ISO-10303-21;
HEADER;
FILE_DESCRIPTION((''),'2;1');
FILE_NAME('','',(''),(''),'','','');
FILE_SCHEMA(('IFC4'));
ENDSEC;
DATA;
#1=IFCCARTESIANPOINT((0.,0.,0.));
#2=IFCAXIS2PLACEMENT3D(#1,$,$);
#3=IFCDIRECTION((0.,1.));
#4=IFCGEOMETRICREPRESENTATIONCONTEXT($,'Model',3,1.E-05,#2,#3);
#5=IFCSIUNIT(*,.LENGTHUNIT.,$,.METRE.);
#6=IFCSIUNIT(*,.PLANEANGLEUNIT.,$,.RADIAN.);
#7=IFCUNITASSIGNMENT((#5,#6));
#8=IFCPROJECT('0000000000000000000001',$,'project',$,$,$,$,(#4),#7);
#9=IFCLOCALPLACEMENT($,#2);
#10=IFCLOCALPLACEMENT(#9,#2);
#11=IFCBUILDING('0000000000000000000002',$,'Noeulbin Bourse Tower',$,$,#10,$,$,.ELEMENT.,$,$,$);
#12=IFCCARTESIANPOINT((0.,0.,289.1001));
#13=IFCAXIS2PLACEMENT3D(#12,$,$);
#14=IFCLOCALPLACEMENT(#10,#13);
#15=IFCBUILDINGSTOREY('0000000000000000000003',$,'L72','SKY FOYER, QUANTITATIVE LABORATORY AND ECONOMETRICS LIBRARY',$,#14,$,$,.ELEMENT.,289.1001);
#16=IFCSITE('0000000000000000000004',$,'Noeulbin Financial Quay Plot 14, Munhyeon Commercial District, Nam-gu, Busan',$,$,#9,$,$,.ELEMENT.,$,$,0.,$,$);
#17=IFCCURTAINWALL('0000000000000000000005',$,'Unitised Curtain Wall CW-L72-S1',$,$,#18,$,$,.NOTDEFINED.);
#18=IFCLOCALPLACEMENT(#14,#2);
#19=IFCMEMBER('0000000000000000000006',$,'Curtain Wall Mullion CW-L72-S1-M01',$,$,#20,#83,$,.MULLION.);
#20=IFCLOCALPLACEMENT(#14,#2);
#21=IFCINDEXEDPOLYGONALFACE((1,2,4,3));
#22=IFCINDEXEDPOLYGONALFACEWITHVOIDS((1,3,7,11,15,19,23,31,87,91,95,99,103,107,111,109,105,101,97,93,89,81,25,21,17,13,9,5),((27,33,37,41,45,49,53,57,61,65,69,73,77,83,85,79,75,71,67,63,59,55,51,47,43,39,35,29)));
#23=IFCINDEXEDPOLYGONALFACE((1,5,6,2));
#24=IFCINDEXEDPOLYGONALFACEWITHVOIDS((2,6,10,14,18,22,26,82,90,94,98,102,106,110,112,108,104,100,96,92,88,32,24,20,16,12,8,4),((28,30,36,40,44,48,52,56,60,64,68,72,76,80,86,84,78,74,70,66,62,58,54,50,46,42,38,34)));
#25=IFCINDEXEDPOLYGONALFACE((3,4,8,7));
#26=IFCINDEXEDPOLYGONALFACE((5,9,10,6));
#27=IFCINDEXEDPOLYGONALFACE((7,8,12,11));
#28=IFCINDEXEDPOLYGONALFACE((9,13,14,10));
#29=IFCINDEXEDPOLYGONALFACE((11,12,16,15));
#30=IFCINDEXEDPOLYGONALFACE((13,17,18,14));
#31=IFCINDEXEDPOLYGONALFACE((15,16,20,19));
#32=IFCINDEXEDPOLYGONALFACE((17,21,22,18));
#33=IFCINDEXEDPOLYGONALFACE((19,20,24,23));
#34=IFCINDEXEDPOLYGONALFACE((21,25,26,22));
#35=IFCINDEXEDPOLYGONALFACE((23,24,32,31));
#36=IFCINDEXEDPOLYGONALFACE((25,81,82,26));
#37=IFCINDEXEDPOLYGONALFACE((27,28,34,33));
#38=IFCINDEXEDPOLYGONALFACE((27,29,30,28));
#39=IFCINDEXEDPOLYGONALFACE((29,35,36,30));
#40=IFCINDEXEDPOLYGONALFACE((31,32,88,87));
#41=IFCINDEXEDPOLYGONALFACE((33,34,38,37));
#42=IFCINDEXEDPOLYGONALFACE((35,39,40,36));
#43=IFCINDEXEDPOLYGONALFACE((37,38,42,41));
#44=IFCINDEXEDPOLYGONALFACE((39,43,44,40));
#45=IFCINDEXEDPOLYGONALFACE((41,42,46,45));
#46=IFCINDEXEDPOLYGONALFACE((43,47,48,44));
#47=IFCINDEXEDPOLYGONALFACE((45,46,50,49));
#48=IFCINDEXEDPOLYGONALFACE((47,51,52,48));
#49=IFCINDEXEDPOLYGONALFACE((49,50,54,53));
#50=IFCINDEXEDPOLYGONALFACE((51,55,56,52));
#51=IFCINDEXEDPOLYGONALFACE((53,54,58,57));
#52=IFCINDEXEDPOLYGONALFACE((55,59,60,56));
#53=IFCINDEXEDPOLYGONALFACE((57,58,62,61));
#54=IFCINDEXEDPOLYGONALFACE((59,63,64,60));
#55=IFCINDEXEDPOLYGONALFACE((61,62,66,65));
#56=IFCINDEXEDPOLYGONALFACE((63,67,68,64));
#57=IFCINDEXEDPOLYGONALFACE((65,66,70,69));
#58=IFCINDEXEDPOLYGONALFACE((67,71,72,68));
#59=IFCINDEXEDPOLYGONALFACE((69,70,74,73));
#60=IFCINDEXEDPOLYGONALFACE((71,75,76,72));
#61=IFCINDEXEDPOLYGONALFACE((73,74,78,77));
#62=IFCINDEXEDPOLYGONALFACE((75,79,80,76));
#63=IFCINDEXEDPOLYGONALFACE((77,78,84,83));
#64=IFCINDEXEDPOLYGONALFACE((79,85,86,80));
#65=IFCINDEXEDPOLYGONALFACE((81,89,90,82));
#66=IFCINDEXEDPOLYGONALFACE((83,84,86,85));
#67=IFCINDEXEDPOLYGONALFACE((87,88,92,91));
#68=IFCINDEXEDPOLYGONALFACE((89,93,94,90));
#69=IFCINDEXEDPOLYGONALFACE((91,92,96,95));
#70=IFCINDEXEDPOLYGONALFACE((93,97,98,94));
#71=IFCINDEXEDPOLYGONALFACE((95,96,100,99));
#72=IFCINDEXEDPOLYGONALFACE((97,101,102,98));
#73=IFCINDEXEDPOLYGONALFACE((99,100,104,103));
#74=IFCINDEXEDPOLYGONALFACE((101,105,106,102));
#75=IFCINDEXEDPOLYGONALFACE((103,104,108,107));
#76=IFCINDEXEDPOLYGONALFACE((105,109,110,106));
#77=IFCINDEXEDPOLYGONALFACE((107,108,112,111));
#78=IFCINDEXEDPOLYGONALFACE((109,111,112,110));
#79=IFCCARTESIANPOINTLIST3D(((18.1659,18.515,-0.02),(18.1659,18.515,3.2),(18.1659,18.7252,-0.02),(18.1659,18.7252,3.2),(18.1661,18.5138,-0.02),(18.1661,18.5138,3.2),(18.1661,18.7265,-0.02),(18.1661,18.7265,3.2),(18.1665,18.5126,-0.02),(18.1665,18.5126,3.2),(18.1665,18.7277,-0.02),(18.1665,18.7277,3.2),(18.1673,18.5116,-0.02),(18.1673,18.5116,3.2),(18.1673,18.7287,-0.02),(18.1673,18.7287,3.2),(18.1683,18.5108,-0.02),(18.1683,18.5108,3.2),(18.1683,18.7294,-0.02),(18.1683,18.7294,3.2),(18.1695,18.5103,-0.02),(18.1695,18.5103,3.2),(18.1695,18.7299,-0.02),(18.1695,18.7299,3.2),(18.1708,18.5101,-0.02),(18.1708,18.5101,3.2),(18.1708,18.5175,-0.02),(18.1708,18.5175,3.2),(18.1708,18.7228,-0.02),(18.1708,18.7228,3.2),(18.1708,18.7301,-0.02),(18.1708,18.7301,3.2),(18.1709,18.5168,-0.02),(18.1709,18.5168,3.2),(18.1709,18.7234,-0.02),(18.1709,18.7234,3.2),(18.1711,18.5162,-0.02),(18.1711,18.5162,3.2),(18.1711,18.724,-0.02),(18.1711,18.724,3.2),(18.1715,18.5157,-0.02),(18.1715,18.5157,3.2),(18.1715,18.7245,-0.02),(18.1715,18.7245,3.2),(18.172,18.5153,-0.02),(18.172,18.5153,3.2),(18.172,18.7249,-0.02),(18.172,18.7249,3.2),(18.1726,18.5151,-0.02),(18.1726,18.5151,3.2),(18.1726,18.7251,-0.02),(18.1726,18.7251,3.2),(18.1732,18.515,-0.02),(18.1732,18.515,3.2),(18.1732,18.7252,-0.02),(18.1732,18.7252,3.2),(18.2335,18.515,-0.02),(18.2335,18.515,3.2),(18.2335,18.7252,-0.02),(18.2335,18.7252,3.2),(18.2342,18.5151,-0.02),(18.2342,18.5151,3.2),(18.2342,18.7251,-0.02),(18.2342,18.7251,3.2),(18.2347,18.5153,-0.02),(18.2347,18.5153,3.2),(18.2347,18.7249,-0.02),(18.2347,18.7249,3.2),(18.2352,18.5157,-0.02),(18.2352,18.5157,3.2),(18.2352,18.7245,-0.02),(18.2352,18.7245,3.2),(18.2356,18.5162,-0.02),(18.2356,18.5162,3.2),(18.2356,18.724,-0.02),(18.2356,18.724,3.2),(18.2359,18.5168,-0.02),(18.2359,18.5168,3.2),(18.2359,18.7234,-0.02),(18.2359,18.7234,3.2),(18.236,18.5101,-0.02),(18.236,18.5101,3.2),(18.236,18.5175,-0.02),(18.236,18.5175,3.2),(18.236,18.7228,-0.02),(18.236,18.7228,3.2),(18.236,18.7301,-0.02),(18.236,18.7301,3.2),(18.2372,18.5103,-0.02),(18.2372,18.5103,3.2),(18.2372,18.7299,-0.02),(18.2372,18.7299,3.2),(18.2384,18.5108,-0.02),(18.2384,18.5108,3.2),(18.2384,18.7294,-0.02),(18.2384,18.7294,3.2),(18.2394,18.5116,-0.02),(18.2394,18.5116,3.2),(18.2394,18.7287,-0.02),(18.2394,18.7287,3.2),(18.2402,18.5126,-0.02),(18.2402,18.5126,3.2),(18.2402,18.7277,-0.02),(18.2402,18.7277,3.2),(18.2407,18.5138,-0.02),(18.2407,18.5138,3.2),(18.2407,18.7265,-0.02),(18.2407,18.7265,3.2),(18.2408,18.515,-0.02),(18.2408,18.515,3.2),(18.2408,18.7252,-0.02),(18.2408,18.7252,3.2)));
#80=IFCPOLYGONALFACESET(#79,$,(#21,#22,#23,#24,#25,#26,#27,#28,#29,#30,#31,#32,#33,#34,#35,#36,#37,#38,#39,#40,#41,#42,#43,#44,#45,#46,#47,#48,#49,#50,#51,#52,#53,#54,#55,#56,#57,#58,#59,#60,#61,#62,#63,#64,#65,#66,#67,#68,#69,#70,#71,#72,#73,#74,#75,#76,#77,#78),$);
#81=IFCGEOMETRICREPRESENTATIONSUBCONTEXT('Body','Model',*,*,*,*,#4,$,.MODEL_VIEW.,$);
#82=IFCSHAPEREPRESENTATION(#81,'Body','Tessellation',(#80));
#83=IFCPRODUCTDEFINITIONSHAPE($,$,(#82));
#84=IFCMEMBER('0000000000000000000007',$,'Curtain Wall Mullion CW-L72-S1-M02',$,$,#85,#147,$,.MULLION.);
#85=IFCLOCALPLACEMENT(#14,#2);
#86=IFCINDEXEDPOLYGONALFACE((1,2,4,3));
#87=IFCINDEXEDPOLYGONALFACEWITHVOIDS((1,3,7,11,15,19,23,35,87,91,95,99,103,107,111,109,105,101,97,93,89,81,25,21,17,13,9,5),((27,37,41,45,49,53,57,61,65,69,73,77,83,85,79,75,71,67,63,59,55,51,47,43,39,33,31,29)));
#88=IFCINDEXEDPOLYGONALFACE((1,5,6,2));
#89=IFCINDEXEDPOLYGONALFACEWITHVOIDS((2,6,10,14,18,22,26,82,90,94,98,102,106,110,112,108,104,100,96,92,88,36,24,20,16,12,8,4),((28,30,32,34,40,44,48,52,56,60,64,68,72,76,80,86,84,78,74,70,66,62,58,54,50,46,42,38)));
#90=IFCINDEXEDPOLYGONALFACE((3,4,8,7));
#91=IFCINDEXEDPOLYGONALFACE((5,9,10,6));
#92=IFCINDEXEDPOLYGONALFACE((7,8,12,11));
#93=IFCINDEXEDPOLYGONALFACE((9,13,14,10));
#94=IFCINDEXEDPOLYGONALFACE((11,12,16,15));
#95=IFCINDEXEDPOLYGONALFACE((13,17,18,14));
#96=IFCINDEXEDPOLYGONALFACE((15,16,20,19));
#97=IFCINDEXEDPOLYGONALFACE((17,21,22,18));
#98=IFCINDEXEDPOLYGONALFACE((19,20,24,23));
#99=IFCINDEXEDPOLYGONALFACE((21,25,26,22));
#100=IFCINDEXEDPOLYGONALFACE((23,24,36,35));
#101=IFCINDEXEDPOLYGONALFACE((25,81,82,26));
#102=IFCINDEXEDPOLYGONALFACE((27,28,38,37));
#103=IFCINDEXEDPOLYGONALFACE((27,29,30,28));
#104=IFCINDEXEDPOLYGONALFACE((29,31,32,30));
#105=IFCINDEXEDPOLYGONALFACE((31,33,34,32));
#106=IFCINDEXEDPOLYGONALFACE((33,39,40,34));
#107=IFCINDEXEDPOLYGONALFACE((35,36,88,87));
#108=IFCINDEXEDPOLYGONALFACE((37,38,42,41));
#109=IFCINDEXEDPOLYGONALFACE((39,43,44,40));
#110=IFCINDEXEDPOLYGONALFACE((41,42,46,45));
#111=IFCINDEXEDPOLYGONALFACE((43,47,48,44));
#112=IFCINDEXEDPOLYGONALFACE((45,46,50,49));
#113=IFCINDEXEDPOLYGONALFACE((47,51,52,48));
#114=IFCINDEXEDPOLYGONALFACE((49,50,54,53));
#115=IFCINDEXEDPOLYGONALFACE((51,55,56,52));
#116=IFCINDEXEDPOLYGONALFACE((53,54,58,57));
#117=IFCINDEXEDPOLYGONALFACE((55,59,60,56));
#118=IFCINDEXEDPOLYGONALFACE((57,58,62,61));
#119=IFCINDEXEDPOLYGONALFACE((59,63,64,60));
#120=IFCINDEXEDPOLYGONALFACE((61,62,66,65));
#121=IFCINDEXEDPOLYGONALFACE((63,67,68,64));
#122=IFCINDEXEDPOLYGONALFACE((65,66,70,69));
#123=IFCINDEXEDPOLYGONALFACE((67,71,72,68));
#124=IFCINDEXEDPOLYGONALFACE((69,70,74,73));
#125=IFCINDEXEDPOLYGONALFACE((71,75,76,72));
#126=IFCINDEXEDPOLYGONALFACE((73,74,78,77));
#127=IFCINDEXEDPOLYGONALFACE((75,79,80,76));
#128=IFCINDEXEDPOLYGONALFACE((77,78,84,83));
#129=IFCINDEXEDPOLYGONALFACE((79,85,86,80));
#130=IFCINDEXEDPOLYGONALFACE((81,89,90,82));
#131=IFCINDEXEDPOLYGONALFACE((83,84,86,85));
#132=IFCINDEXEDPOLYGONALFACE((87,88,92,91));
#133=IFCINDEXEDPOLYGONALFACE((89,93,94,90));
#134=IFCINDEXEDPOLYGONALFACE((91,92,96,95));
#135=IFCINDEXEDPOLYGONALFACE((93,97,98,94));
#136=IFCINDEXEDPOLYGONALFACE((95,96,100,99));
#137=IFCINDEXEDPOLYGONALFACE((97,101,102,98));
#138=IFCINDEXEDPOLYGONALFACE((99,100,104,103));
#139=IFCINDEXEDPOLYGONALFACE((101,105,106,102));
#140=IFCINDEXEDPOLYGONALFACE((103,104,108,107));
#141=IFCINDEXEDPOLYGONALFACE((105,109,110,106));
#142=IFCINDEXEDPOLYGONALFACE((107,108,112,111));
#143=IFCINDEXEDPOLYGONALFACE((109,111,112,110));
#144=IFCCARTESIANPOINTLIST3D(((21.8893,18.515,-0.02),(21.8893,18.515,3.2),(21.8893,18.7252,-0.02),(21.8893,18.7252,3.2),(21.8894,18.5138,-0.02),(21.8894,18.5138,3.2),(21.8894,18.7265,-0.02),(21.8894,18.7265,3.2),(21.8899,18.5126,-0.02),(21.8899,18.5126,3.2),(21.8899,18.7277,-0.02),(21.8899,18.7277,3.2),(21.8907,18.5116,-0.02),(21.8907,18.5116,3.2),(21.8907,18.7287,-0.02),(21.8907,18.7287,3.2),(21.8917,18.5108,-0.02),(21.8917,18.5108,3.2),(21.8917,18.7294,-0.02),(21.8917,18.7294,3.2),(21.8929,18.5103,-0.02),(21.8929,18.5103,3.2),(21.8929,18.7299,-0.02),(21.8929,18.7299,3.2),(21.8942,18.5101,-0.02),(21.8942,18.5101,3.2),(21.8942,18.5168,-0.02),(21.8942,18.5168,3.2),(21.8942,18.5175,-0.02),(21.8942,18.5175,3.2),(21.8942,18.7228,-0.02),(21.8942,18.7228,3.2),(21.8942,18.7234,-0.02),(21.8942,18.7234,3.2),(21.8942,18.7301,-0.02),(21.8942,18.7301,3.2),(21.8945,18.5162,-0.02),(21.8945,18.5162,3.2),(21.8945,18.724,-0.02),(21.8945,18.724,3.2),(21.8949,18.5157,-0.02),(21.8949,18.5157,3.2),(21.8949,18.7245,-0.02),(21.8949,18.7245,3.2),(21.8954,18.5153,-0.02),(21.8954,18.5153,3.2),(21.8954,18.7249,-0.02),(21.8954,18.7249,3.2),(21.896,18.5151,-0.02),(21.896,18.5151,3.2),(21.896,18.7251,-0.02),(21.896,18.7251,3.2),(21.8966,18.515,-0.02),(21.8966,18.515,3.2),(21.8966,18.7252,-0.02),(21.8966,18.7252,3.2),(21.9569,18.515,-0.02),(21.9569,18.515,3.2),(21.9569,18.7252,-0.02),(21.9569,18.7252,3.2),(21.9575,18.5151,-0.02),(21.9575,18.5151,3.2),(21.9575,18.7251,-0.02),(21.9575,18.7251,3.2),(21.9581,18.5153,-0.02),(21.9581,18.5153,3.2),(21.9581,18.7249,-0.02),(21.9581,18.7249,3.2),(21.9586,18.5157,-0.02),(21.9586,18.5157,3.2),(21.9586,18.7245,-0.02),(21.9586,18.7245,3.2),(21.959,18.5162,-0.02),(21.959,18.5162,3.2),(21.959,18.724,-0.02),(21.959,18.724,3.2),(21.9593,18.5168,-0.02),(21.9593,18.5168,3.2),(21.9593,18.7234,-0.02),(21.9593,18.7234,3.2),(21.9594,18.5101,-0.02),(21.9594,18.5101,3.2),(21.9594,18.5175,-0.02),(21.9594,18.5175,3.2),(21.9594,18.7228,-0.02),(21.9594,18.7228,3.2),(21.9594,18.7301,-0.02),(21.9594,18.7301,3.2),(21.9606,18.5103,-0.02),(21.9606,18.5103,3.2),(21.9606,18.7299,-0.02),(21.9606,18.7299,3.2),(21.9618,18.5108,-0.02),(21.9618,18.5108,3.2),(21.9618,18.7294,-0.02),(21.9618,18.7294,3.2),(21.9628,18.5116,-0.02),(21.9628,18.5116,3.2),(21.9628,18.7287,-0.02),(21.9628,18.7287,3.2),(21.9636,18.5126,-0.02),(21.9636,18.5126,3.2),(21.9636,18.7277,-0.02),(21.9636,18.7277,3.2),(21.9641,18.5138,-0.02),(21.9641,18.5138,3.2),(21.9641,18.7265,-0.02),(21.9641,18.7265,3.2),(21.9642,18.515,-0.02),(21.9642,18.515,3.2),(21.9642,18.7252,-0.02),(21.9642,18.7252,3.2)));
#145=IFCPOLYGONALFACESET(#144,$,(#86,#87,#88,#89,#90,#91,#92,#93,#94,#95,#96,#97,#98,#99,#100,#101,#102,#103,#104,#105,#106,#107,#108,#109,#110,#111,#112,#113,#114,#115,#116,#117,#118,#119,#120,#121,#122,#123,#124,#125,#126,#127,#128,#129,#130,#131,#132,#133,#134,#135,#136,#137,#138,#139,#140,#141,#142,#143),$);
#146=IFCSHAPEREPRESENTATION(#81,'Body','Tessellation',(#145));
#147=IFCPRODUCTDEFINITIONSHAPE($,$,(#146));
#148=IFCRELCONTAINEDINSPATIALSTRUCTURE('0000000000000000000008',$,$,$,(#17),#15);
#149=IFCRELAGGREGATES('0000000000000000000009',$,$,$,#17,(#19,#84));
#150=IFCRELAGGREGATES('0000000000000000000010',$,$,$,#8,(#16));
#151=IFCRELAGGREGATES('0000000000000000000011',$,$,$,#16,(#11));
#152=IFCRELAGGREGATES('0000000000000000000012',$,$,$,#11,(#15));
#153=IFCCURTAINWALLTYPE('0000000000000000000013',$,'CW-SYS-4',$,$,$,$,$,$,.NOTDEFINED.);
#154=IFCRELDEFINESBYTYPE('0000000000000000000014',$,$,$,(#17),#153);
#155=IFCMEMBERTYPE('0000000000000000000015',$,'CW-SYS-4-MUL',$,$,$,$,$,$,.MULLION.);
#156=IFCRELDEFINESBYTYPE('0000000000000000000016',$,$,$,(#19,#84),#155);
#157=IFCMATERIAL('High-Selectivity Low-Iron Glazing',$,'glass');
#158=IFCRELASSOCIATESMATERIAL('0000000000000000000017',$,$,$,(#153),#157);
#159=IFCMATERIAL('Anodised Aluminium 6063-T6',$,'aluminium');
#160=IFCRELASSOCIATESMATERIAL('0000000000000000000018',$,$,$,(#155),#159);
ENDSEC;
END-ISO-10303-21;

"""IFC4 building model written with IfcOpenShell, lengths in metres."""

from ifc_helpers import new_model, si_unit, direction, frame, origin, origin_2d, place, context, subcontext, project, spatial, hollow_rectangle, extrude, material, material_profile, profile_set, type_object, element, aggregate, save


model = new_model("IFC4")

# Units and contexts
model_context = context("Model", 3, precision=1e-05, world=origin(), true_north=direction((0.0, 1.0)))
body_context = subcontext(model_context, "Body", "Model", "MODEL_VIEW")
ifc_project = project(units=[si_unit("LENGTHUNIT", "METRE"), si_unit("PLANEANGLEUNIT", "RADIAN")], contexts=[model_context])

# Site, building, storey
site_placement = place(None, origin())
site = spatial("IfcSite", under=ifc_project, at=site_placement, Name="Noeulbin Financial Quay Plot 14, Munhyeon Commercial District, Nam-gu, Busan", CompositionType="ELEMENT", RefElevation=0.0)
building_placement = place(site_placement, origin())
building = spatial("IfcBuilding", under=site, at=building_placement, Name="Noeulbin Bourse Tower", CompositionType="ELEMENT")
storey_placement = place(building_placement, frame((0.0, 0.0, 289.1001)))
storey = spatial("IfcBuildingStorey", under=building, at=storey_placement, Name="L72", Description="SKY FOYER, QUANTITATIVE LABORATORY AND ECONOMETRICS LIBRARY", CompositionType="ELEMENT", Elevation=289.1001)

# Curtain wall, members
ifc_material_1 = material(Name="High-Selectivity Low-Iron Glazing", Category="glass")
curtain_wall_type = type_object("IfcCurtainWallType", Name="CW-SYS-4", PredefinedType="NOTDEFINED", material=ifc_material_1)
curtain_wall_placement = place(storey_placement, origin())
curtain_wall = element("IfcCurtainWall", 1, at=curtain_wall_placement, inside=storey, type_object=curtain_wall_type, Name="Unitised Curtain Wall CW-L72-S1", PredefinedType="NOTDEFINED")
ifc_material_2 = material(Name="Anodised Aluminium 6063-T6", Category="aluminium")
ifc_material_profile_1 = material_profile(ifc_material_2, hollow_rectangle(XDim=0.075, YDim=0.22, WallThickness=0.0049, InnerFilletRadius=0.0024, OuterFilletRadius=0.0049, at=origin_2d()), Name="ALU-MULL-75x220x5", Category="LoadBearing")
ifc_profile_set_1 = profile_set([ifc_material_profile_1], Name="Anodised Aluminium 6063-T6")
member_type_1 = type_object("IfcMemberType", Name="CW-SYS-4-MUL", PredefinedType="MULLION", material=ifc_profile_set_1)
member_1_placement = place(storey_placement, frame((18.2034, 18.6201, -0.02), z_axis=(0.0, 0.0, 1.0), x_axis=(1.0, 0.0, 0.0)))
member_1 = element("IfcMember", 2, at=member_1_placement, type_object=member_type_1, Name="Curtain Wall Mullion CW-L72-S1-M01", PredefinedType="MULLION", context=body_context, shape_type="SweptSolid", body=[
    extrude(hollow_rectangle(XDim=0.075, YDim=0.22, WallThickness=0.0049, InnerFilletRadius=0.0024, OuterFilletRadius=0.0049, at=origin_2d()), origin(), (0.0, 0.0, 1.0), 3.22),
])
member_2_placement = place(storey_placement, frame((21.9268, 18.6201, -0.02), z_axis=(0.0, 0.0, 1.0), x_axis=(1.0, 0.0, 0.0)))
member_2 = element("IfcMember", 3, at=member_2_placement, type_object=member_type_1, Name="Curtain Wall Mullion CW-L72-S1-M02", PredefinedType="MULLION", context=body_context, shape_type="SweptSolid", body=[
    extrude(hollow_rectangle(XDim=0.075, YDim=0.22, WallThickness=0.0049, InnerFilletRadius=0.0024, OuterFilletRadius=0.0049, at=origin_2d()), origin(), (0.0, 0.0, 1.0), 3.22),
])
aggregate(curtain_wall, [member_1, member_2])

save(model, "model.ifc")
